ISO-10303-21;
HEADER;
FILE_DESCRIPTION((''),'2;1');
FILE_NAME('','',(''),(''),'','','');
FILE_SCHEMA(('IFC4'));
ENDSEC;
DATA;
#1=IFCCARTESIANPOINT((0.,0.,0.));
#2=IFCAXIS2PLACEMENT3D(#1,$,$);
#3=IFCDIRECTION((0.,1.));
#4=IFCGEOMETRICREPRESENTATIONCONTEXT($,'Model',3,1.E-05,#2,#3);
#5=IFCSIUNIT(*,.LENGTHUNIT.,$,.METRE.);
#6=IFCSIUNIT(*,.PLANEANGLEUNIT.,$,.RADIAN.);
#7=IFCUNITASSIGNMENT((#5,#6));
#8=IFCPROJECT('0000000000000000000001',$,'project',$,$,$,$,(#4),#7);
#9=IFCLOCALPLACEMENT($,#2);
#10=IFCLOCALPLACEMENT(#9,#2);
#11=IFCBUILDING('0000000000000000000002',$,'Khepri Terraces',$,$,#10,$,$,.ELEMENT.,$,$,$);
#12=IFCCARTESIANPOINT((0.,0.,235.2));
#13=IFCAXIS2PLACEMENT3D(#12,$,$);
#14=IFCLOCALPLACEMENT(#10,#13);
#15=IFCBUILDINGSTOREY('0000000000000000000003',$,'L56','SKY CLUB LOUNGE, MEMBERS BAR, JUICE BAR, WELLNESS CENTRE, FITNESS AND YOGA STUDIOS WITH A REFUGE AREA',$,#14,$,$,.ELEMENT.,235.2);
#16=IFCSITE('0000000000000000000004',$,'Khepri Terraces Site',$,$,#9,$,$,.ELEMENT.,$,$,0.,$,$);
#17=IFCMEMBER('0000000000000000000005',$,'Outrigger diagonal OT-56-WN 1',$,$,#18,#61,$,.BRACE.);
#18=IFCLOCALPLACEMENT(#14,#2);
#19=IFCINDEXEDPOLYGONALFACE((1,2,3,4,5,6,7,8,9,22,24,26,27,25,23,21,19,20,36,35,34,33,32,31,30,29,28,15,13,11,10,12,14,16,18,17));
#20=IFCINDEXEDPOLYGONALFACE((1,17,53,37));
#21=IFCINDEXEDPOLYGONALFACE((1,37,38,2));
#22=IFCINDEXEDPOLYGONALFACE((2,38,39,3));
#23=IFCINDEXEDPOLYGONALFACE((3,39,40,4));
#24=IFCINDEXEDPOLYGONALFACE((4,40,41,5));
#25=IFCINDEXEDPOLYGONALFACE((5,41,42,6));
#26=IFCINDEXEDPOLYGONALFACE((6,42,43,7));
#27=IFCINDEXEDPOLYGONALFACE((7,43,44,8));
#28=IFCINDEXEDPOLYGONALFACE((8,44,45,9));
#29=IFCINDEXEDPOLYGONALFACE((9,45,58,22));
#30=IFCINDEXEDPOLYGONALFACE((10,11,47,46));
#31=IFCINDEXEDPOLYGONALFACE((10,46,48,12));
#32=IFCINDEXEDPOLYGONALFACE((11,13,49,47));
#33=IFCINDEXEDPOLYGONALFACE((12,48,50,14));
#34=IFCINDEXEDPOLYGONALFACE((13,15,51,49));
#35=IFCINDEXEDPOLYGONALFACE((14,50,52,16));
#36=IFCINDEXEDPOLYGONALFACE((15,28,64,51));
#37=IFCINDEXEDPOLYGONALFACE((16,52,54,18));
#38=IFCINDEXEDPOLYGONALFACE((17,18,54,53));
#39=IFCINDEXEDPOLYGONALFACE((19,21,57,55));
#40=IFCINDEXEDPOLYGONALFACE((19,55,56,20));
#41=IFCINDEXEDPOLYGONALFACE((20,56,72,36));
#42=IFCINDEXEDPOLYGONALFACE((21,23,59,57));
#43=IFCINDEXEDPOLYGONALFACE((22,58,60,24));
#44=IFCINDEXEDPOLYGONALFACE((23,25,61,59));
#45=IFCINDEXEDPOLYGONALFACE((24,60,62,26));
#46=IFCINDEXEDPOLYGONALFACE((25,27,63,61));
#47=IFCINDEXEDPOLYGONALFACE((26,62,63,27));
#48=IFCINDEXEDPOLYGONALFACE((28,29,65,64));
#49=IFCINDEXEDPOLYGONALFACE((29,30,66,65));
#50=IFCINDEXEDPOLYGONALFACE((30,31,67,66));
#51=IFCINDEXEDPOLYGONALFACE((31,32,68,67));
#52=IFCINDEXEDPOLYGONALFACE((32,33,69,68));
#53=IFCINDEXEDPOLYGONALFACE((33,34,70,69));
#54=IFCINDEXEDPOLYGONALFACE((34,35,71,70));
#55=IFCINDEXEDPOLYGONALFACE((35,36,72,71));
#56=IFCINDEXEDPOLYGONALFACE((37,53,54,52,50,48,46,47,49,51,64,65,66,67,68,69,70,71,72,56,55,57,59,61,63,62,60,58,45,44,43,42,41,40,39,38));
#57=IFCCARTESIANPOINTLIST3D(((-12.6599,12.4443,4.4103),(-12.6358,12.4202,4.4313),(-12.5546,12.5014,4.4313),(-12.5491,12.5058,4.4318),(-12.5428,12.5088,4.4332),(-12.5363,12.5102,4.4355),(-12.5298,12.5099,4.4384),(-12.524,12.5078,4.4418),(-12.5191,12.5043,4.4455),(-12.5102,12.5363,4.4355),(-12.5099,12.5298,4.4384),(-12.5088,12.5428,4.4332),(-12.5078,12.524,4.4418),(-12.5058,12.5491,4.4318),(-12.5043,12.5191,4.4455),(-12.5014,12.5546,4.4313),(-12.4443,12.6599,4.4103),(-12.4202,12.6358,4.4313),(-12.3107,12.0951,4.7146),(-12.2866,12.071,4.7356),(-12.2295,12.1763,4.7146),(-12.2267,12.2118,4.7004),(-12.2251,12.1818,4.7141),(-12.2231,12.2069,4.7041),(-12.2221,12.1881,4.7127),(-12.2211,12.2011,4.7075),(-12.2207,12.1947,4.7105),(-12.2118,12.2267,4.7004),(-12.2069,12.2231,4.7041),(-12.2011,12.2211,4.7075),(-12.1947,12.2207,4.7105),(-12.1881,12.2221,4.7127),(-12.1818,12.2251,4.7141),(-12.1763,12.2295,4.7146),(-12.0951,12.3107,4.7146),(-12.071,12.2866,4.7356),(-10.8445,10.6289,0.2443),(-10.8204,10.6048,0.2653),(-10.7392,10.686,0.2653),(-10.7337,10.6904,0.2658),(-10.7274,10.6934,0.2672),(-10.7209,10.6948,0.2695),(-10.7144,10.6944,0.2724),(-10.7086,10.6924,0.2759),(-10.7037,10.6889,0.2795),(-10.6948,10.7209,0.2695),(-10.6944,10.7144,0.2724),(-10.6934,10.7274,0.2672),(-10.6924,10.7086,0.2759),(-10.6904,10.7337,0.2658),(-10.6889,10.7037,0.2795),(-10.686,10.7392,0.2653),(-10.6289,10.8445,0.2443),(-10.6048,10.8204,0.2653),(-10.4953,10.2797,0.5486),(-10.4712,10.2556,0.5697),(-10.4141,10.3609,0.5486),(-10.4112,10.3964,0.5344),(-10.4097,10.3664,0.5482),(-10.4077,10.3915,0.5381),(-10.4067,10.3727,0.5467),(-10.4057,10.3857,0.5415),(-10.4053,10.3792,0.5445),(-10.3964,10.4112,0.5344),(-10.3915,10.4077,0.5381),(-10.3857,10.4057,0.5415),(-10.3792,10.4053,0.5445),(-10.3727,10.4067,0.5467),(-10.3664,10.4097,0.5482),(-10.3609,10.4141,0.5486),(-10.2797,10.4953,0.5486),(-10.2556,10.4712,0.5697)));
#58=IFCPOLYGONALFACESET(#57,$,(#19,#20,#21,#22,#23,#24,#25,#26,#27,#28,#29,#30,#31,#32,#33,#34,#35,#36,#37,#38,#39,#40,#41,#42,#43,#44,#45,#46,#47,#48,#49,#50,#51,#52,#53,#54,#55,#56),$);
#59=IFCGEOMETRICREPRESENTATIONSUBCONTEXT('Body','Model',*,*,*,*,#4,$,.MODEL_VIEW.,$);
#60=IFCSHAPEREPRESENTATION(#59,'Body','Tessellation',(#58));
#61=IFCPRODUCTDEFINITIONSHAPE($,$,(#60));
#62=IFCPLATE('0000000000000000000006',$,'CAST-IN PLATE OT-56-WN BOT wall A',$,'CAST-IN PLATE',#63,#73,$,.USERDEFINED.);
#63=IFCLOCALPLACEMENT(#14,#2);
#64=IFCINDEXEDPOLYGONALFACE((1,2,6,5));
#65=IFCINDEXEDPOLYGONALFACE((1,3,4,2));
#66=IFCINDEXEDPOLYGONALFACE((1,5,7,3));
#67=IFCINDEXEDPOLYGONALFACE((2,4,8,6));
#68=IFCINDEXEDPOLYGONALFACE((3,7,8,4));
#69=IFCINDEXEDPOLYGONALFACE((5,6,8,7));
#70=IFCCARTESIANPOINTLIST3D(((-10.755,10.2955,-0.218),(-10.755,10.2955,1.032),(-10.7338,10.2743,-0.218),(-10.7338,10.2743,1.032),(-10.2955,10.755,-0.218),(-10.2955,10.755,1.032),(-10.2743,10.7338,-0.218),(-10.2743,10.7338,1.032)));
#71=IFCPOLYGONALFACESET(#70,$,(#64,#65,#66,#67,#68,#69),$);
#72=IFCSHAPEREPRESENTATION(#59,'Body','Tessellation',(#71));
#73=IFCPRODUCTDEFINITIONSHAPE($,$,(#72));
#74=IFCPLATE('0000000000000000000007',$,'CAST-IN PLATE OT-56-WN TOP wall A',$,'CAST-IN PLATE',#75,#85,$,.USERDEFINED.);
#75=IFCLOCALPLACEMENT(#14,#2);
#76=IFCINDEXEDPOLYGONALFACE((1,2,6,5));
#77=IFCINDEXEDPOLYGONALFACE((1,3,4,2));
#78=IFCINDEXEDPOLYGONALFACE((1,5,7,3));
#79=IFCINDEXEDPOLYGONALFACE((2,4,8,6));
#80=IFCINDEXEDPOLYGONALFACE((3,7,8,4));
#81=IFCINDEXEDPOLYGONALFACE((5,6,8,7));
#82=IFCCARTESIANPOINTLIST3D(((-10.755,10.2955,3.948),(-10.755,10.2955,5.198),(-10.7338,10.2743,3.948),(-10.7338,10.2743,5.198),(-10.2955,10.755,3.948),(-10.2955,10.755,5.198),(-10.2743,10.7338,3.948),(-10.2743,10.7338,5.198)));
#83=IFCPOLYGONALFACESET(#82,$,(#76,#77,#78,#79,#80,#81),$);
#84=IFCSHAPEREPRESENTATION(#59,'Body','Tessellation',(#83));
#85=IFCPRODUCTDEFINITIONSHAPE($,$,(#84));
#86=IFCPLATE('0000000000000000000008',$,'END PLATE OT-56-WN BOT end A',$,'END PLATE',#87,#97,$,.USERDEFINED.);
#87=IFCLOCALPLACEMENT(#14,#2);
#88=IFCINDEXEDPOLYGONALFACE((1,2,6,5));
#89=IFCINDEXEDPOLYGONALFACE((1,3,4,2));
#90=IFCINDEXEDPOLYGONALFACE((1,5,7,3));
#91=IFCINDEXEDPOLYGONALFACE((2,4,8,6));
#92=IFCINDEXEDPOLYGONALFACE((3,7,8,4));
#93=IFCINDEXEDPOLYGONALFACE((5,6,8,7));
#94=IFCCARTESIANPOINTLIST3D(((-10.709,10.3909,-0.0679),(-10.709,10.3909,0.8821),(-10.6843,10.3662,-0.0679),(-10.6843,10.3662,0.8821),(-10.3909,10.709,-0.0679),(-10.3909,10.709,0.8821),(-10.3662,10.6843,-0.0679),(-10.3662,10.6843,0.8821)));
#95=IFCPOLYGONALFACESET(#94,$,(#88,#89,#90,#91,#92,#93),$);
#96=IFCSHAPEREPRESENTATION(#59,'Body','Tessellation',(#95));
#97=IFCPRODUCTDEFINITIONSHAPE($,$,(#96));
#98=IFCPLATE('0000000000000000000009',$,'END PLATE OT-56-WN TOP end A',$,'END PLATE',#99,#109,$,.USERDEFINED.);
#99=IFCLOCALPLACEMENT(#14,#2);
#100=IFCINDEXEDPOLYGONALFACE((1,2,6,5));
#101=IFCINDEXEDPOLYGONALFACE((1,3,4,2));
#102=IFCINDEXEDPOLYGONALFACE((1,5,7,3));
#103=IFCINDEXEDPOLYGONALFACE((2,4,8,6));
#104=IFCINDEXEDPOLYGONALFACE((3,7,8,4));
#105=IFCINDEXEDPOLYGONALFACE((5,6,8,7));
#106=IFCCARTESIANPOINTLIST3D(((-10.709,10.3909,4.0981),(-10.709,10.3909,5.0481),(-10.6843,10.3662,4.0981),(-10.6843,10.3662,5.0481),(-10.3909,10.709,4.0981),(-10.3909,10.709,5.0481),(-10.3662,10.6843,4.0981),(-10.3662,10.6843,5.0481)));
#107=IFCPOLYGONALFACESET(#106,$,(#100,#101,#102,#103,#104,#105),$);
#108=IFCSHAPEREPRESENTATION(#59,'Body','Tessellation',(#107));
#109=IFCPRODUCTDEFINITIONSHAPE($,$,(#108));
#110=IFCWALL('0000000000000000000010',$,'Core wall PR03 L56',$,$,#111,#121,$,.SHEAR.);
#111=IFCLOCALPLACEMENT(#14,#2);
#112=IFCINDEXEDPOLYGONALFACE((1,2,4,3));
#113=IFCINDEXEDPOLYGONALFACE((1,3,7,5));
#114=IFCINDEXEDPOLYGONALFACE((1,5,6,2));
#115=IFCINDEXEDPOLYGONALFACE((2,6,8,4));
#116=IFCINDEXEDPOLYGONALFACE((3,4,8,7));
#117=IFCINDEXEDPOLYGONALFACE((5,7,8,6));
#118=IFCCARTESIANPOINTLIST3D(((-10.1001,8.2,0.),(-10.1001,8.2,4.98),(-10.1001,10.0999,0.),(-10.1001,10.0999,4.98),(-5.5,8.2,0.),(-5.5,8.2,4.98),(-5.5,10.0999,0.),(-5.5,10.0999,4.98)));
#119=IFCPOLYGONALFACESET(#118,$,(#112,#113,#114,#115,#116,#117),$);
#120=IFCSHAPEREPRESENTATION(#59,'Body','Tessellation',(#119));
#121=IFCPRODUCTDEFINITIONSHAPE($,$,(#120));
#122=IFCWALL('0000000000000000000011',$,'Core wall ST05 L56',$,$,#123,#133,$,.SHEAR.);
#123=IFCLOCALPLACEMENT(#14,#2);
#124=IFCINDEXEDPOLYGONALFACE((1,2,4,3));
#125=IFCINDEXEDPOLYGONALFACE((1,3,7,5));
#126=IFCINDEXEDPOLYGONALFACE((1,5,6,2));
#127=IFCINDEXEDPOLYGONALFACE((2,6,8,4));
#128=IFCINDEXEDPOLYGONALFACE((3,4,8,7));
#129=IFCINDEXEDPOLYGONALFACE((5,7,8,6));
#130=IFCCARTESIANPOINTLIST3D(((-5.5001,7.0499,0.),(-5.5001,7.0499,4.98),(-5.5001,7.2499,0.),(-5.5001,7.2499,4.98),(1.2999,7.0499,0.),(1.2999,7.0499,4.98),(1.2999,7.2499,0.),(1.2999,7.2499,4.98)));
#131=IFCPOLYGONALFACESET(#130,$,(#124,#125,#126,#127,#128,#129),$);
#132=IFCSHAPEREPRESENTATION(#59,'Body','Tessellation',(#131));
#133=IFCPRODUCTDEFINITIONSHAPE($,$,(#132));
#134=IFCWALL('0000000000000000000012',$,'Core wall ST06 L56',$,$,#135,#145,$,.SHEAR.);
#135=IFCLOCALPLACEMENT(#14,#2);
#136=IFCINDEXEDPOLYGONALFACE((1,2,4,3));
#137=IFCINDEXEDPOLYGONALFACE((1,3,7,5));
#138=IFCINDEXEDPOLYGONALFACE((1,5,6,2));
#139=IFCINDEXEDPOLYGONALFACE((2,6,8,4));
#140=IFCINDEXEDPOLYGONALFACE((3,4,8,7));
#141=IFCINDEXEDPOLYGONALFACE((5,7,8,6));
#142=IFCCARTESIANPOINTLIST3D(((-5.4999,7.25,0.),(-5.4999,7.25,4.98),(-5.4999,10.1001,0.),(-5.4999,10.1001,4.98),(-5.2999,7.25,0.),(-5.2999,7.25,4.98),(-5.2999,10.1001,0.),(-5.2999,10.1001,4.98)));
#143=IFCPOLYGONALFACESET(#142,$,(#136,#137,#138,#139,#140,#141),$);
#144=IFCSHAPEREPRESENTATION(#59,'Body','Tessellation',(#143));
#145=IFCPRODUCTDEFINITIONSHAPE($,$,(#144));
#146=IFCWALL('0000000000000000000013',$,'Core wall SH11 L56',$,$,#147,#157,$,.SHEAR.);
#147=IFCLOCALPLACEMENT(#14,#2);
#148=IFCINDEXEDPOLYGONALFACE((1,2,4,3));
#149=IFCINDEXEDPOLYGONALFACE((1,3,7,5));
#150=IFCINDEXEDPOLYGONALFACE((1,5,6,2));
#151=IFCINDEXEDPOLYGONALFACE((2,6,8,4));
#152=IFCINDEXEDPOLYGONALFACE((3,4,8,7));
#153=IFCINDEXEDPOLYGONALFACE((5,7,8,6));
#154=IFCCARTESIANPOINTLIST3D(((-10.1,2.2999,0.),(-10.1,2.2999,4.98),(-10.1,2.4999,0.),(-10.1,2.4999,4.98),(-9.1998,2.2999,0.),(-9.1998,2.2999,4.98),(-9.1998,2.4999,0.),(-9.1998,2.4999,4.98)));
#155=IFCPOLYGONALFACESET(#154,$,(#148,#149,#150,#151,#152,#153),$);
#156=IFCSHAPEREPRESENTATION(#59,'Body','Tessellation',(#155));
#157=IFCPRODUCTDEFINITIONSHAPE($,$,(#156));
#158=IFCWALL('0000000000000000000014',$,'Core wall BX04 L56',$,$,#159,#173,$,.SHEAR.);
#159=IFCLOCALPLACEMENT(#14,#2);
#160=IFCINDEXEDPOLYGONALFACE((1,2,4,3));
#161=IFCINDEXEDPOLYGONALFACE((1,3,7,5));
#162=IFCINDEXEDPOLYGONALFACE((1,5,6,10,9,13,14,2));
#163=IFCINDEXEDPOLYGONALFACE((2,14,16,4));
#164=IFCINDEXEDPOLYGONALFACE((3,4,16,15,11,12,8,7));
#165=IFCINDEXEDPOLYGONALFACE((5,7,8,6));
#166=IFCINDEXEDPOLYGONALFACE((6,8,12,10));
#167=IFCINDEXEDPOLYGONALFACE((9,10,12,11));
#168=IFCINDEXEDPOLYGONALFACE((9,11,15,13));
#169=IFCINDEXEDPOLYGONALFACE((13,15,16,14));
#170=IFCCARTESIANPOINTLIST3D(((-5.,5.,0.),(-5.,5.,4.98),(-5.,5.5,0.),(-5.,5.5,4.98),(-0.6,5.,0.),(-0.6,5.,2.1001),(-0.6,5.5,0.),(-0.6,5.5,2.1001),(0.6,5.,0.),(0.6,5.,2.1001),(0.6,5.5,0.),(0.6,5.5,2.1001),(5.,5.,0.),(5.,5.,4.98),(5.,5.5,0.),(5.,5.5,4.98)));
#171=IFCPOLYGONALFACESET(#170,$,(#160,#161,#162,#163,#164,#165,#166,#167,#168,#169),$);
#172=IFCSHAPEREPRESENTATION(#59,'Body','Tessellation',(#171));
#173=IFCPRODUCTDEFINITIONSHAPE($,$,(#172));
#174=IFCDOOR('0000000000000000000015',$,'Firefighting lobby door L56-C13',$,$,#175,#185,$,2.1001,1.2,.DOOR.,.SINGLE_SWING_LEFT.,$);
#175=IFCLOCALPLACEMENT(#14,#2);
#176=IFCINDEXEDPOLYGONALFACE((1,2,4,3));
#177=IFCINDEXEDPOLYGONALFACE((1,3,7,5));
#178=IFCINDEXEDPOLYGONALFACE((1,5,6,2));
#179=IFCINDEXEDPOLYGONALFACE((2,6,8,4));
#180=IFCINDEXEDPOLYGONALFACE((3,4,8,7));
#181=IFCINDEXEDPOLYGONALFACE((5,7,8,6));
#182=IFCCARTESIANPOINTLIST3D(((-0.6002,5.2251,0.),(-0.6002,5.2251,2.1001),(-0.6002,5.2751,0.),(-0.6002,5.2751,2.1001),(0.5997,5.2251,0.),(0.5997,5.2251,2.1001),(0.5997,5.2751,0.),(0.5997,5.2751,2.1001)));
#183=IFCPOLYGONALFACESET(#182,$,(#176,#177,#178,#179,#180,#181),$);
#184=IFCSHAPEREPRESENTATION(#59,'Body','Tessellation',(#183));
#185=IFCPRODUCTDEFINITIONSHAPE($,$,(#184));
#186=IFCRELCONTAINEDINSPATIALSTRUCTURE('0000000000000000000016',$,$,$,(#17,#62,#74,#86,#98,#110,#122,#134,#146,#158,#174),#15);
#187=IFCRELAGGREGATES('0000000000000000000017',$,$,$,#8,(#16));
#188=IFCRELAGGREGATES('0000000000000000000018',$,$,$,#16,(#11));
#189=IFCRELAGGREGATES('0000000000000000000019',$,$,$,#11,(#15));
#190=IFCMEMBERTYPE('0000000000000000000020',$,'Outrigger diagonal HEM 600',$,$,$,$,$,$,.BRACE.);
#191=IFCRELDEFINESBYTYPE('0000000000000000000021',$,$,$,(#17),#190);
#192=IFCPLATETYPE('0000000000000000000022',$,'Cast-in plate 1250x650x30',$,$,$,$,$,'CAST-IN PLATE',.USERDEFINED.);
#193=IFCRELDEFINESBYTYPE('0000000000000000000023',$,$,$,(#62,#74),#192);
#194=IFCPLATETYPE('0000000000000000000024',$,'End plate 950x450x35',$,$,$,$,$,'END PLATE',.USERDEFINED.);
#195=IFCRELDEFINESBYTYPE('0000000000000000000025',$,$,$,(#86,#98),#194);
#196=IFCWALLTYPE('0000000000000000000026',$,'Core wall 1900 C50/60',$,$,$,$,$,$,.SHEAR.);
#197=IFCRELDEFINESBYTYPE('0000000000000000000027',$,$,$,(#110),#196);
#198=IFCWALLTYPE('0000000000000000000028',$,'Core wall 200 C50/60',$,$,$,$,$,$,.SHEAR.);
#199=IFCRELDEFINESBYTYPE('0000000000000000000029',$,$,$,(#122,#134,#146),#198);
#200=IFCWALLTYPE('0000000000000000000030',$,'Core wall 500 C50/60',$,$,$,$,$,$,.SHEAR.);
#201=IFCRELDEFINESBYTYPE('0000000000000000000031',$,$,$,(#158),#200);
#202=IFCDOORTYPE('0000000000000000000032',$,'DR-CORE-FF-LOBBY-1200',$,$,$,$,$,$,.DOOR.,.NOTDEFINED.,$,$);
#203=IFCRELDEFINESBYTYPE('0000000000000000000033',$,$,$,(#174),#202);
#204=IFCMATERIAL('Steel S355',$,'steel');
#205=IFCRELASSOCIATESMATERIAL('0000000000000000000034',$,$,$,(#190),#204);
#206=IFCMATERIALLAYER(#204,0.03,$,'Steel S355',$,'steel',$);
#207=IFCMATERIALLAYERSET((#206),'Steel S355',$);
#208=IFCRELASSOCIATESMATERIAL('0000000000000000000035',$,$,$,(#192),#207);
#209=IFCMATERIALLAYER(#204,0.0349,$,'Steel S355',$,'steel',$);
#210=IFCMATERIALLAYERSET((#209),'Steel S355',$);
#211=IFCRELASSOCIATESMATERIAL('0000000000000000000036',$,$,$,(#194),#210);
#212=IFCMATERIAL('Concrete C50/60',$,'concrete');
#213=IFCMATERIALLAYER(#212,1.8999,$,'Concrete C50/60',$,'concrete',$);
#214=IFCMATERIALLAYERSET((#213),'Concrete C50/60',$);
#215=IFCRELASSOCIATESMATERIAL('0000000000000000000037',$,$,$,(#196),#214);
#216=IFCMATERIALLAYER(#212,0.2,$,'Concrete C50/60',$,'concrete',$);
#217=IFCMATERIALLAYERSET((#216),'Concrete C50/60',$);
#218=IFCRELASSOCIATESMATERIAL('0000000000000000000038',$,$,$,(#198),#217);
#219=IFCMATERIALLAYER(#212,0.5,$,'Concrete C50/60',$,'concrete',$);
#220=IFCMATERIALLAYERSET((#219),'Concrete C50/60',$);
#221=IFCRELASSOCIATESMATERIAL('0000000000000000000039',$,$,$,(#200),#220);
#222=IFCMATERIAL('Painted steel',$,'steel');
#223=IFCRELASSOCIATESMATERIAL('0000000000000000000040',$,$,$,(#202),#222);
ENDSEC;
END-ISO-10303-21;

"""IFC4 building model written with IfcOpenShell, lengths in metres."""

from ifc_helpers import new_model, si_unit, direction, frame, frame_2d, origin, origin_2d, place, context, subcontext, project, spatial, rectangle, i_section, extrude, material, layer, layer_set, material_profile, profile_set, type_object, element, fill, save


model = new_model("IFC4")

# Units and contexts
model_context = context("Model", 3, precision=1e-05, world=origin(), true_north=direction((0.0, 1.0)))
body_context = subcontext(model_context, "Body", "Model", "MODEL_VIEW")
ifc_project = project(units=[si_unit("LENGTHUNIT", "METRE"), si_unit("PLANEANGLEUNIT", "RADIAN")], contexts=[model_context])

# Site, building, storey
site_placement = place(None, origin())
site = spatial("IfcSite", under=ifc_project, at=site_placement, Name="Khepri Terraces Site", CompositionType="ELEMENT", RefElevation=0.0)
building_placement = place(site_placement, origin())
building = spatial("IfcBuilding", under=site, at=building_placement, Name="Khepri Terraces", CompositionType="ELEMENT")
storey_placement = place(building_placement, frame((0.0, 0.0, 235.2)))
storey = spatial("IfcBuildingStorey", under=building, at=storey_placement, Name="L56", Description="SKY CLUB LOUNGE, MEMBERS BAR, JUICE BAR, WELLNESS CENTRE, FITNESS AND YOGA STUDIOS WITH A REFUGE AREA", CompositionType="ELEMENT", Elevation=235.2)

# Member
ifc_material_1 = material(Name="Steel S355", Category="steel")
ifc_material_profile = material_profile(ifc_material_1, i_section(OverallWidth=0.3049, OverallDepth=0.6201, WebThickness=0.021, FlangeThickness=0.04, FilletRadius=0.0271, at=origin_2d()), Name="Steel S355", Category="steel")
ifc_profile_set = profile_set([ifc_material_profile], Name="Steel S355")
member_type = type_object("IfcMemberType", Name="Outrigger diagonal HEM 600", PredefinedType="BRACE", material=ifc_profile_set)
member_placement = place(storey_placement, frame((-10.55, 10.55, 0.407), z_axis=(-0.370981, 0.370981, 0.85132), x_axis=(-0.707107, -0.707107, 0.0)))
element("IfcMember", 1, at=member_placement, inside=storey, type_object=member_type, Name="Outrigger diagonal OT-56-WN 1", PredefinedType="BRACE", context=body_context, shape_type="SweptSolid", body=[
    extrude(i_section(OverallWidth=0.3049, OverallDepth=0.6201, WebThickness=0.021, FlangeThickness=0.04, FilletRadius=0.0271, at=origin_2d()), origin(), (0.0, 0.0, 1.0), 4.8936),
])

# Plates
ifc_layer_1 = layer(ifc_material_1, 0.03, Name="Steel S355", Category="steel")
ifc_layer_set_1 = layer_set([ifc_layer_1], Name="Steel S355")
plate_type_1 = type_object("IfcPlateType", Name="Cast-in plate 1250x650x30", ElementType="CAST-IN PLATE", PredefinedType="USERDEFINED", material=ifc_layer_set_1)
for number, where, z_axis, x_axis, name in (
    (2, (-10.5146, 10.5146, -0.218), (0.0, 0.0, 1.0), (-0.707107, 0.707107, 0.0), "CAST-IN PLATE OT-56-WN BOT wall A"),
    (3, (-10.5146, 10.5146, 3.948), (0.0, 0.0, 1.0), (-0.707107, 0.707107, 0.0), "CAST-IN PLATE OT-56-WN TOP wall A"),
):
    element("IfcPlate", number, at=place(storey_placement, frame(where, z_axis=z_axis, x_axis=x_axis)), inside=storey, type_object=plate_type_1, Name=name, ObjectType="CAST-IN PLATE", PredefinedType="USERDEFINED", context=body_context, shape_type="SweptSolid", body=[
        extrude(rectangle(XDim=0.03, YDim=0.6499, at=origin_2d()), origin(), (0.0, 0.0, 1.0), 1.25),
    ])
ifc_layer_2 = layer(ifc_material_1, 0.0349, Name="Steel S355", Category="steel")
ifc_layer_set_2 = layer_set([ifc_layer_2], Name="Steel S355")
plate_type_2 = type_object("IfcPlateType", Name="End plate 950x450x35", ElementType="END PLATE", PredefinedType="USERDEFINED", material=ifc_layer_set_2)
for number, where, z_axis, x_axis, name in (
    (4, (-10.5376, 10.5376, -0.0679), (0.0, 0.0, 1.0), (-0.707107, 0.707107, 0.0), "END PLATE OT-56-WN BOT end A"),
    (5, (-10.5376, 10.5376, 4.0981), (0.0, 0.0, 1.0), (-0.707107, 0.707107, 0.0), "END PLATE OT-56-WN TOP end A"),
):
    element("IfcPlate", number, at=place(storey_placement, frame(where, z_axis=z_axis, x_axis=x_axis)), inside=storey, type_object=plate_type_2, Name=name, ObjectType="END PLATE", PredefinedType="USERDEFINED", context=body_context, shape_type="SweptSolid", body=[
        extrude(rectangle(XDim=0.0349, YDim=0.45, at=origin_2d()), origin(), (0.0, 0.0, 1.0), 0.95),
    ])

# Walls
ifc_material_2 = material(Name="Concrete C50/60", Category="concrete")
ifc_layer_3 = layer(ifc_material_2, 1.8999, Name="Concrete C50/60", Category="concrete")
ifc_layer_set_3 = layer_set([ifc_layer_3], Name="Concrete C50/60")
wall_type_1 = type_object("IfcWallType", Name="Core wall 1900 C50/60", PredefinedType="SHEAR", material=ifc_layer_set_3)
wall_1_placement = place(storey_placement, frame((-10.1001, 9.1499, 0.0), z_axis=(0.0, 0.0, 1.0), x_axis=(1.0, 0.0, 0.0)))
element("IfcWall", 6, at=wall_1_placement, inside=storey, type_object=wall_type_1, Name="Core wall PR03 L56", PredefinedType="SHEAR", context=body_context, shape_type="SweptSolid", body=[
    extrude(rectangle(XDim=4.6001, YDim=1.8999, at=frame_2d((2.3, 0.0))), origin(), (0.0, 0.0, 1.0), 4.98),
])
ifc_layer_4 = layer(ifc_material_2, 0.2, Name="Concrete C50/60", Category="concrete")
ifc_layer_set_4 = layer_set([ifc_layer_4], Name="Concrete C50/60")
wall_type_2 = type_object("IfcWallType", Name="Core wall 200 C50/60", PredefinedType="SHEAR", material=ifc_layer_set_4)
wall_2_placement = place(storey_placement, frame((-5.5, 7.1499, 0.0), z_axis=(0.0, 0.0, 1.0), x_axis=(1.0, 0.0, 0.0)))
element("IfcWall", 7, at=wall_2_placement, inside=storey, type_object=wall_type_2, Name="Core wall ST05 L56", PredefinedType="SHEAR", context=body_context, shape_type="SweptSolid", body=[
    extrude(rectangle(XDim=6.8, YDim=0.2, at=frame_2d((3.3999, 0.0))), origin(), (0.0, 0.0, 1.0), 4.98),
])
wall_3_placement = place(storey_placement, frame((-5.3999, 7.25, 0.0), z_axis=(0.0, 0.0, 1.0), x_axis=(0.0, 1.0, 0.0)))
element("IfcWall", 8, at=wall_3_placement, inside=storey, type_object=wall_type_2, Name="Core wall ST06 L56", PredefinedType="SHEAR", context=body_context, shape_type="SweptSolid", body=[
    extrude(rectangle(XDim=2.8501, YDim=0.2, at=frame_2d((1.425, 0.0))), origin(), (0.0, 0.0, 1.0), 4.98),
])
wall_4_placement = place(storey_placement, frame((-10.1001, 2.3999, 0.0), z_axis=(0.0, 0.0, 1.0), x_axis=(1.0, 0.0, 0.0)))
element("IfcWall", 9, at=wall_4_placement, inside=storey, type_object=wall_type_2, Name="Core wall SH11 L56", PredefinedType="SHEAR", context=body_context, shape_type="SweptSolid", body=[
    extrude(rectangle(XDim=0.9001, YDim=0.2, at=frame_2d((0.4502, 0.0))), origin(), (0.0, 0.0, 1.0), 4.98),
])

# Wall, opening, door
ifc_layer_5 = layer(ifc_material_2, 0.5, Name="Concrete C50/60", Category="concrete")
ifc_layer_set_5 = layer_set([ifc_layer_5], Name="Concrete C50/60")
wall_type_3 = type_object("IfcWallType", Name="Core wall 500 C50/60", PredefinedType="SHEAR", material=ifc_layer_set_5)
wall_5_placement = place(storey_placement, frame((-5.0, 5.25, 0.0), z_axis=(0.0, 0.0, 1.0), x_axis=(1.0, 0.0, 0.0)))
wall_5 = element("IfcWall", 10, at=wall_5_placement, inside=storey, type_object=wall_type_3, Name="Core wall BX04 L56", PredefinedType="SHEAR", context=body_context, shape_type="SweptSolid", body=[
    extrude(rectangle(XDim=10.0, YDim=0.5, at=frame_2d((5.0, 0.0))), origin(), (0.0, 0.0, 1.0), 4.98),
])
opening_1_placement = place(wall_5_placement, frame((4.3999, 0.0, 0.0)))
opening_1 = element("IfcOpeningElement", 11, at=opening_1_placement, cuts=wall_5, PredefinedType="OPENING", context=body_context, shape_type="SweptSolid", body=[
    extrude(rectangle(XDim=1.2, YDim=2.1001, at=frame_2d((0.6001, 1.05))), frame((0.0, 0.26, 0.0), z_axis=(0.0, -1.0, 0.0), x_axis=(1.0, 0.0, 0.0)), (0.0, 0.0, 1.0), 0.52),
])
ifc_material_3 = material(Name="Painted steel", Category="steel")
door_type_1 = type_object("IfcDoorType", Name="DR-CORE-FF-LOBBY-1200", OperationType="NOTDEFINED", PredefinedType="DOOR", material=ifc_material_3)
door_1_placement = place(opening_1_placement, frame((1.2, 0.0, 0.0), z_axis=(0.0, 0.0, 1.0), x_axis=(-1.0, 0.0, 0.0)))
door_1 = element("IfcDoor", 12, at=door_1_placement, inside=storey, type_object=door_type_1, Name="Firefighting lobby door L56-C13", OperationType="SINGLE_SWING_LEFT", OverallHeight=2.1001, OverallWidth=1.2, PredefinedType="DOOR", context=body_context, shape_type="SweptSolid", body=[
    extrude(rectangle(XDim=1.2, YDim=2.1001, at=frame_2d((0.6001, 1.05))), frame((0.0, 0.0249, 0.0), z_axis=(0.0, -1.0, 0.0), x_axis=(1.0, 0.0, 0.0)), (0.0, 0.0, 1.0), 0.05),
])
fill(opening_1, door_1)

save(model, "model.ifc")
